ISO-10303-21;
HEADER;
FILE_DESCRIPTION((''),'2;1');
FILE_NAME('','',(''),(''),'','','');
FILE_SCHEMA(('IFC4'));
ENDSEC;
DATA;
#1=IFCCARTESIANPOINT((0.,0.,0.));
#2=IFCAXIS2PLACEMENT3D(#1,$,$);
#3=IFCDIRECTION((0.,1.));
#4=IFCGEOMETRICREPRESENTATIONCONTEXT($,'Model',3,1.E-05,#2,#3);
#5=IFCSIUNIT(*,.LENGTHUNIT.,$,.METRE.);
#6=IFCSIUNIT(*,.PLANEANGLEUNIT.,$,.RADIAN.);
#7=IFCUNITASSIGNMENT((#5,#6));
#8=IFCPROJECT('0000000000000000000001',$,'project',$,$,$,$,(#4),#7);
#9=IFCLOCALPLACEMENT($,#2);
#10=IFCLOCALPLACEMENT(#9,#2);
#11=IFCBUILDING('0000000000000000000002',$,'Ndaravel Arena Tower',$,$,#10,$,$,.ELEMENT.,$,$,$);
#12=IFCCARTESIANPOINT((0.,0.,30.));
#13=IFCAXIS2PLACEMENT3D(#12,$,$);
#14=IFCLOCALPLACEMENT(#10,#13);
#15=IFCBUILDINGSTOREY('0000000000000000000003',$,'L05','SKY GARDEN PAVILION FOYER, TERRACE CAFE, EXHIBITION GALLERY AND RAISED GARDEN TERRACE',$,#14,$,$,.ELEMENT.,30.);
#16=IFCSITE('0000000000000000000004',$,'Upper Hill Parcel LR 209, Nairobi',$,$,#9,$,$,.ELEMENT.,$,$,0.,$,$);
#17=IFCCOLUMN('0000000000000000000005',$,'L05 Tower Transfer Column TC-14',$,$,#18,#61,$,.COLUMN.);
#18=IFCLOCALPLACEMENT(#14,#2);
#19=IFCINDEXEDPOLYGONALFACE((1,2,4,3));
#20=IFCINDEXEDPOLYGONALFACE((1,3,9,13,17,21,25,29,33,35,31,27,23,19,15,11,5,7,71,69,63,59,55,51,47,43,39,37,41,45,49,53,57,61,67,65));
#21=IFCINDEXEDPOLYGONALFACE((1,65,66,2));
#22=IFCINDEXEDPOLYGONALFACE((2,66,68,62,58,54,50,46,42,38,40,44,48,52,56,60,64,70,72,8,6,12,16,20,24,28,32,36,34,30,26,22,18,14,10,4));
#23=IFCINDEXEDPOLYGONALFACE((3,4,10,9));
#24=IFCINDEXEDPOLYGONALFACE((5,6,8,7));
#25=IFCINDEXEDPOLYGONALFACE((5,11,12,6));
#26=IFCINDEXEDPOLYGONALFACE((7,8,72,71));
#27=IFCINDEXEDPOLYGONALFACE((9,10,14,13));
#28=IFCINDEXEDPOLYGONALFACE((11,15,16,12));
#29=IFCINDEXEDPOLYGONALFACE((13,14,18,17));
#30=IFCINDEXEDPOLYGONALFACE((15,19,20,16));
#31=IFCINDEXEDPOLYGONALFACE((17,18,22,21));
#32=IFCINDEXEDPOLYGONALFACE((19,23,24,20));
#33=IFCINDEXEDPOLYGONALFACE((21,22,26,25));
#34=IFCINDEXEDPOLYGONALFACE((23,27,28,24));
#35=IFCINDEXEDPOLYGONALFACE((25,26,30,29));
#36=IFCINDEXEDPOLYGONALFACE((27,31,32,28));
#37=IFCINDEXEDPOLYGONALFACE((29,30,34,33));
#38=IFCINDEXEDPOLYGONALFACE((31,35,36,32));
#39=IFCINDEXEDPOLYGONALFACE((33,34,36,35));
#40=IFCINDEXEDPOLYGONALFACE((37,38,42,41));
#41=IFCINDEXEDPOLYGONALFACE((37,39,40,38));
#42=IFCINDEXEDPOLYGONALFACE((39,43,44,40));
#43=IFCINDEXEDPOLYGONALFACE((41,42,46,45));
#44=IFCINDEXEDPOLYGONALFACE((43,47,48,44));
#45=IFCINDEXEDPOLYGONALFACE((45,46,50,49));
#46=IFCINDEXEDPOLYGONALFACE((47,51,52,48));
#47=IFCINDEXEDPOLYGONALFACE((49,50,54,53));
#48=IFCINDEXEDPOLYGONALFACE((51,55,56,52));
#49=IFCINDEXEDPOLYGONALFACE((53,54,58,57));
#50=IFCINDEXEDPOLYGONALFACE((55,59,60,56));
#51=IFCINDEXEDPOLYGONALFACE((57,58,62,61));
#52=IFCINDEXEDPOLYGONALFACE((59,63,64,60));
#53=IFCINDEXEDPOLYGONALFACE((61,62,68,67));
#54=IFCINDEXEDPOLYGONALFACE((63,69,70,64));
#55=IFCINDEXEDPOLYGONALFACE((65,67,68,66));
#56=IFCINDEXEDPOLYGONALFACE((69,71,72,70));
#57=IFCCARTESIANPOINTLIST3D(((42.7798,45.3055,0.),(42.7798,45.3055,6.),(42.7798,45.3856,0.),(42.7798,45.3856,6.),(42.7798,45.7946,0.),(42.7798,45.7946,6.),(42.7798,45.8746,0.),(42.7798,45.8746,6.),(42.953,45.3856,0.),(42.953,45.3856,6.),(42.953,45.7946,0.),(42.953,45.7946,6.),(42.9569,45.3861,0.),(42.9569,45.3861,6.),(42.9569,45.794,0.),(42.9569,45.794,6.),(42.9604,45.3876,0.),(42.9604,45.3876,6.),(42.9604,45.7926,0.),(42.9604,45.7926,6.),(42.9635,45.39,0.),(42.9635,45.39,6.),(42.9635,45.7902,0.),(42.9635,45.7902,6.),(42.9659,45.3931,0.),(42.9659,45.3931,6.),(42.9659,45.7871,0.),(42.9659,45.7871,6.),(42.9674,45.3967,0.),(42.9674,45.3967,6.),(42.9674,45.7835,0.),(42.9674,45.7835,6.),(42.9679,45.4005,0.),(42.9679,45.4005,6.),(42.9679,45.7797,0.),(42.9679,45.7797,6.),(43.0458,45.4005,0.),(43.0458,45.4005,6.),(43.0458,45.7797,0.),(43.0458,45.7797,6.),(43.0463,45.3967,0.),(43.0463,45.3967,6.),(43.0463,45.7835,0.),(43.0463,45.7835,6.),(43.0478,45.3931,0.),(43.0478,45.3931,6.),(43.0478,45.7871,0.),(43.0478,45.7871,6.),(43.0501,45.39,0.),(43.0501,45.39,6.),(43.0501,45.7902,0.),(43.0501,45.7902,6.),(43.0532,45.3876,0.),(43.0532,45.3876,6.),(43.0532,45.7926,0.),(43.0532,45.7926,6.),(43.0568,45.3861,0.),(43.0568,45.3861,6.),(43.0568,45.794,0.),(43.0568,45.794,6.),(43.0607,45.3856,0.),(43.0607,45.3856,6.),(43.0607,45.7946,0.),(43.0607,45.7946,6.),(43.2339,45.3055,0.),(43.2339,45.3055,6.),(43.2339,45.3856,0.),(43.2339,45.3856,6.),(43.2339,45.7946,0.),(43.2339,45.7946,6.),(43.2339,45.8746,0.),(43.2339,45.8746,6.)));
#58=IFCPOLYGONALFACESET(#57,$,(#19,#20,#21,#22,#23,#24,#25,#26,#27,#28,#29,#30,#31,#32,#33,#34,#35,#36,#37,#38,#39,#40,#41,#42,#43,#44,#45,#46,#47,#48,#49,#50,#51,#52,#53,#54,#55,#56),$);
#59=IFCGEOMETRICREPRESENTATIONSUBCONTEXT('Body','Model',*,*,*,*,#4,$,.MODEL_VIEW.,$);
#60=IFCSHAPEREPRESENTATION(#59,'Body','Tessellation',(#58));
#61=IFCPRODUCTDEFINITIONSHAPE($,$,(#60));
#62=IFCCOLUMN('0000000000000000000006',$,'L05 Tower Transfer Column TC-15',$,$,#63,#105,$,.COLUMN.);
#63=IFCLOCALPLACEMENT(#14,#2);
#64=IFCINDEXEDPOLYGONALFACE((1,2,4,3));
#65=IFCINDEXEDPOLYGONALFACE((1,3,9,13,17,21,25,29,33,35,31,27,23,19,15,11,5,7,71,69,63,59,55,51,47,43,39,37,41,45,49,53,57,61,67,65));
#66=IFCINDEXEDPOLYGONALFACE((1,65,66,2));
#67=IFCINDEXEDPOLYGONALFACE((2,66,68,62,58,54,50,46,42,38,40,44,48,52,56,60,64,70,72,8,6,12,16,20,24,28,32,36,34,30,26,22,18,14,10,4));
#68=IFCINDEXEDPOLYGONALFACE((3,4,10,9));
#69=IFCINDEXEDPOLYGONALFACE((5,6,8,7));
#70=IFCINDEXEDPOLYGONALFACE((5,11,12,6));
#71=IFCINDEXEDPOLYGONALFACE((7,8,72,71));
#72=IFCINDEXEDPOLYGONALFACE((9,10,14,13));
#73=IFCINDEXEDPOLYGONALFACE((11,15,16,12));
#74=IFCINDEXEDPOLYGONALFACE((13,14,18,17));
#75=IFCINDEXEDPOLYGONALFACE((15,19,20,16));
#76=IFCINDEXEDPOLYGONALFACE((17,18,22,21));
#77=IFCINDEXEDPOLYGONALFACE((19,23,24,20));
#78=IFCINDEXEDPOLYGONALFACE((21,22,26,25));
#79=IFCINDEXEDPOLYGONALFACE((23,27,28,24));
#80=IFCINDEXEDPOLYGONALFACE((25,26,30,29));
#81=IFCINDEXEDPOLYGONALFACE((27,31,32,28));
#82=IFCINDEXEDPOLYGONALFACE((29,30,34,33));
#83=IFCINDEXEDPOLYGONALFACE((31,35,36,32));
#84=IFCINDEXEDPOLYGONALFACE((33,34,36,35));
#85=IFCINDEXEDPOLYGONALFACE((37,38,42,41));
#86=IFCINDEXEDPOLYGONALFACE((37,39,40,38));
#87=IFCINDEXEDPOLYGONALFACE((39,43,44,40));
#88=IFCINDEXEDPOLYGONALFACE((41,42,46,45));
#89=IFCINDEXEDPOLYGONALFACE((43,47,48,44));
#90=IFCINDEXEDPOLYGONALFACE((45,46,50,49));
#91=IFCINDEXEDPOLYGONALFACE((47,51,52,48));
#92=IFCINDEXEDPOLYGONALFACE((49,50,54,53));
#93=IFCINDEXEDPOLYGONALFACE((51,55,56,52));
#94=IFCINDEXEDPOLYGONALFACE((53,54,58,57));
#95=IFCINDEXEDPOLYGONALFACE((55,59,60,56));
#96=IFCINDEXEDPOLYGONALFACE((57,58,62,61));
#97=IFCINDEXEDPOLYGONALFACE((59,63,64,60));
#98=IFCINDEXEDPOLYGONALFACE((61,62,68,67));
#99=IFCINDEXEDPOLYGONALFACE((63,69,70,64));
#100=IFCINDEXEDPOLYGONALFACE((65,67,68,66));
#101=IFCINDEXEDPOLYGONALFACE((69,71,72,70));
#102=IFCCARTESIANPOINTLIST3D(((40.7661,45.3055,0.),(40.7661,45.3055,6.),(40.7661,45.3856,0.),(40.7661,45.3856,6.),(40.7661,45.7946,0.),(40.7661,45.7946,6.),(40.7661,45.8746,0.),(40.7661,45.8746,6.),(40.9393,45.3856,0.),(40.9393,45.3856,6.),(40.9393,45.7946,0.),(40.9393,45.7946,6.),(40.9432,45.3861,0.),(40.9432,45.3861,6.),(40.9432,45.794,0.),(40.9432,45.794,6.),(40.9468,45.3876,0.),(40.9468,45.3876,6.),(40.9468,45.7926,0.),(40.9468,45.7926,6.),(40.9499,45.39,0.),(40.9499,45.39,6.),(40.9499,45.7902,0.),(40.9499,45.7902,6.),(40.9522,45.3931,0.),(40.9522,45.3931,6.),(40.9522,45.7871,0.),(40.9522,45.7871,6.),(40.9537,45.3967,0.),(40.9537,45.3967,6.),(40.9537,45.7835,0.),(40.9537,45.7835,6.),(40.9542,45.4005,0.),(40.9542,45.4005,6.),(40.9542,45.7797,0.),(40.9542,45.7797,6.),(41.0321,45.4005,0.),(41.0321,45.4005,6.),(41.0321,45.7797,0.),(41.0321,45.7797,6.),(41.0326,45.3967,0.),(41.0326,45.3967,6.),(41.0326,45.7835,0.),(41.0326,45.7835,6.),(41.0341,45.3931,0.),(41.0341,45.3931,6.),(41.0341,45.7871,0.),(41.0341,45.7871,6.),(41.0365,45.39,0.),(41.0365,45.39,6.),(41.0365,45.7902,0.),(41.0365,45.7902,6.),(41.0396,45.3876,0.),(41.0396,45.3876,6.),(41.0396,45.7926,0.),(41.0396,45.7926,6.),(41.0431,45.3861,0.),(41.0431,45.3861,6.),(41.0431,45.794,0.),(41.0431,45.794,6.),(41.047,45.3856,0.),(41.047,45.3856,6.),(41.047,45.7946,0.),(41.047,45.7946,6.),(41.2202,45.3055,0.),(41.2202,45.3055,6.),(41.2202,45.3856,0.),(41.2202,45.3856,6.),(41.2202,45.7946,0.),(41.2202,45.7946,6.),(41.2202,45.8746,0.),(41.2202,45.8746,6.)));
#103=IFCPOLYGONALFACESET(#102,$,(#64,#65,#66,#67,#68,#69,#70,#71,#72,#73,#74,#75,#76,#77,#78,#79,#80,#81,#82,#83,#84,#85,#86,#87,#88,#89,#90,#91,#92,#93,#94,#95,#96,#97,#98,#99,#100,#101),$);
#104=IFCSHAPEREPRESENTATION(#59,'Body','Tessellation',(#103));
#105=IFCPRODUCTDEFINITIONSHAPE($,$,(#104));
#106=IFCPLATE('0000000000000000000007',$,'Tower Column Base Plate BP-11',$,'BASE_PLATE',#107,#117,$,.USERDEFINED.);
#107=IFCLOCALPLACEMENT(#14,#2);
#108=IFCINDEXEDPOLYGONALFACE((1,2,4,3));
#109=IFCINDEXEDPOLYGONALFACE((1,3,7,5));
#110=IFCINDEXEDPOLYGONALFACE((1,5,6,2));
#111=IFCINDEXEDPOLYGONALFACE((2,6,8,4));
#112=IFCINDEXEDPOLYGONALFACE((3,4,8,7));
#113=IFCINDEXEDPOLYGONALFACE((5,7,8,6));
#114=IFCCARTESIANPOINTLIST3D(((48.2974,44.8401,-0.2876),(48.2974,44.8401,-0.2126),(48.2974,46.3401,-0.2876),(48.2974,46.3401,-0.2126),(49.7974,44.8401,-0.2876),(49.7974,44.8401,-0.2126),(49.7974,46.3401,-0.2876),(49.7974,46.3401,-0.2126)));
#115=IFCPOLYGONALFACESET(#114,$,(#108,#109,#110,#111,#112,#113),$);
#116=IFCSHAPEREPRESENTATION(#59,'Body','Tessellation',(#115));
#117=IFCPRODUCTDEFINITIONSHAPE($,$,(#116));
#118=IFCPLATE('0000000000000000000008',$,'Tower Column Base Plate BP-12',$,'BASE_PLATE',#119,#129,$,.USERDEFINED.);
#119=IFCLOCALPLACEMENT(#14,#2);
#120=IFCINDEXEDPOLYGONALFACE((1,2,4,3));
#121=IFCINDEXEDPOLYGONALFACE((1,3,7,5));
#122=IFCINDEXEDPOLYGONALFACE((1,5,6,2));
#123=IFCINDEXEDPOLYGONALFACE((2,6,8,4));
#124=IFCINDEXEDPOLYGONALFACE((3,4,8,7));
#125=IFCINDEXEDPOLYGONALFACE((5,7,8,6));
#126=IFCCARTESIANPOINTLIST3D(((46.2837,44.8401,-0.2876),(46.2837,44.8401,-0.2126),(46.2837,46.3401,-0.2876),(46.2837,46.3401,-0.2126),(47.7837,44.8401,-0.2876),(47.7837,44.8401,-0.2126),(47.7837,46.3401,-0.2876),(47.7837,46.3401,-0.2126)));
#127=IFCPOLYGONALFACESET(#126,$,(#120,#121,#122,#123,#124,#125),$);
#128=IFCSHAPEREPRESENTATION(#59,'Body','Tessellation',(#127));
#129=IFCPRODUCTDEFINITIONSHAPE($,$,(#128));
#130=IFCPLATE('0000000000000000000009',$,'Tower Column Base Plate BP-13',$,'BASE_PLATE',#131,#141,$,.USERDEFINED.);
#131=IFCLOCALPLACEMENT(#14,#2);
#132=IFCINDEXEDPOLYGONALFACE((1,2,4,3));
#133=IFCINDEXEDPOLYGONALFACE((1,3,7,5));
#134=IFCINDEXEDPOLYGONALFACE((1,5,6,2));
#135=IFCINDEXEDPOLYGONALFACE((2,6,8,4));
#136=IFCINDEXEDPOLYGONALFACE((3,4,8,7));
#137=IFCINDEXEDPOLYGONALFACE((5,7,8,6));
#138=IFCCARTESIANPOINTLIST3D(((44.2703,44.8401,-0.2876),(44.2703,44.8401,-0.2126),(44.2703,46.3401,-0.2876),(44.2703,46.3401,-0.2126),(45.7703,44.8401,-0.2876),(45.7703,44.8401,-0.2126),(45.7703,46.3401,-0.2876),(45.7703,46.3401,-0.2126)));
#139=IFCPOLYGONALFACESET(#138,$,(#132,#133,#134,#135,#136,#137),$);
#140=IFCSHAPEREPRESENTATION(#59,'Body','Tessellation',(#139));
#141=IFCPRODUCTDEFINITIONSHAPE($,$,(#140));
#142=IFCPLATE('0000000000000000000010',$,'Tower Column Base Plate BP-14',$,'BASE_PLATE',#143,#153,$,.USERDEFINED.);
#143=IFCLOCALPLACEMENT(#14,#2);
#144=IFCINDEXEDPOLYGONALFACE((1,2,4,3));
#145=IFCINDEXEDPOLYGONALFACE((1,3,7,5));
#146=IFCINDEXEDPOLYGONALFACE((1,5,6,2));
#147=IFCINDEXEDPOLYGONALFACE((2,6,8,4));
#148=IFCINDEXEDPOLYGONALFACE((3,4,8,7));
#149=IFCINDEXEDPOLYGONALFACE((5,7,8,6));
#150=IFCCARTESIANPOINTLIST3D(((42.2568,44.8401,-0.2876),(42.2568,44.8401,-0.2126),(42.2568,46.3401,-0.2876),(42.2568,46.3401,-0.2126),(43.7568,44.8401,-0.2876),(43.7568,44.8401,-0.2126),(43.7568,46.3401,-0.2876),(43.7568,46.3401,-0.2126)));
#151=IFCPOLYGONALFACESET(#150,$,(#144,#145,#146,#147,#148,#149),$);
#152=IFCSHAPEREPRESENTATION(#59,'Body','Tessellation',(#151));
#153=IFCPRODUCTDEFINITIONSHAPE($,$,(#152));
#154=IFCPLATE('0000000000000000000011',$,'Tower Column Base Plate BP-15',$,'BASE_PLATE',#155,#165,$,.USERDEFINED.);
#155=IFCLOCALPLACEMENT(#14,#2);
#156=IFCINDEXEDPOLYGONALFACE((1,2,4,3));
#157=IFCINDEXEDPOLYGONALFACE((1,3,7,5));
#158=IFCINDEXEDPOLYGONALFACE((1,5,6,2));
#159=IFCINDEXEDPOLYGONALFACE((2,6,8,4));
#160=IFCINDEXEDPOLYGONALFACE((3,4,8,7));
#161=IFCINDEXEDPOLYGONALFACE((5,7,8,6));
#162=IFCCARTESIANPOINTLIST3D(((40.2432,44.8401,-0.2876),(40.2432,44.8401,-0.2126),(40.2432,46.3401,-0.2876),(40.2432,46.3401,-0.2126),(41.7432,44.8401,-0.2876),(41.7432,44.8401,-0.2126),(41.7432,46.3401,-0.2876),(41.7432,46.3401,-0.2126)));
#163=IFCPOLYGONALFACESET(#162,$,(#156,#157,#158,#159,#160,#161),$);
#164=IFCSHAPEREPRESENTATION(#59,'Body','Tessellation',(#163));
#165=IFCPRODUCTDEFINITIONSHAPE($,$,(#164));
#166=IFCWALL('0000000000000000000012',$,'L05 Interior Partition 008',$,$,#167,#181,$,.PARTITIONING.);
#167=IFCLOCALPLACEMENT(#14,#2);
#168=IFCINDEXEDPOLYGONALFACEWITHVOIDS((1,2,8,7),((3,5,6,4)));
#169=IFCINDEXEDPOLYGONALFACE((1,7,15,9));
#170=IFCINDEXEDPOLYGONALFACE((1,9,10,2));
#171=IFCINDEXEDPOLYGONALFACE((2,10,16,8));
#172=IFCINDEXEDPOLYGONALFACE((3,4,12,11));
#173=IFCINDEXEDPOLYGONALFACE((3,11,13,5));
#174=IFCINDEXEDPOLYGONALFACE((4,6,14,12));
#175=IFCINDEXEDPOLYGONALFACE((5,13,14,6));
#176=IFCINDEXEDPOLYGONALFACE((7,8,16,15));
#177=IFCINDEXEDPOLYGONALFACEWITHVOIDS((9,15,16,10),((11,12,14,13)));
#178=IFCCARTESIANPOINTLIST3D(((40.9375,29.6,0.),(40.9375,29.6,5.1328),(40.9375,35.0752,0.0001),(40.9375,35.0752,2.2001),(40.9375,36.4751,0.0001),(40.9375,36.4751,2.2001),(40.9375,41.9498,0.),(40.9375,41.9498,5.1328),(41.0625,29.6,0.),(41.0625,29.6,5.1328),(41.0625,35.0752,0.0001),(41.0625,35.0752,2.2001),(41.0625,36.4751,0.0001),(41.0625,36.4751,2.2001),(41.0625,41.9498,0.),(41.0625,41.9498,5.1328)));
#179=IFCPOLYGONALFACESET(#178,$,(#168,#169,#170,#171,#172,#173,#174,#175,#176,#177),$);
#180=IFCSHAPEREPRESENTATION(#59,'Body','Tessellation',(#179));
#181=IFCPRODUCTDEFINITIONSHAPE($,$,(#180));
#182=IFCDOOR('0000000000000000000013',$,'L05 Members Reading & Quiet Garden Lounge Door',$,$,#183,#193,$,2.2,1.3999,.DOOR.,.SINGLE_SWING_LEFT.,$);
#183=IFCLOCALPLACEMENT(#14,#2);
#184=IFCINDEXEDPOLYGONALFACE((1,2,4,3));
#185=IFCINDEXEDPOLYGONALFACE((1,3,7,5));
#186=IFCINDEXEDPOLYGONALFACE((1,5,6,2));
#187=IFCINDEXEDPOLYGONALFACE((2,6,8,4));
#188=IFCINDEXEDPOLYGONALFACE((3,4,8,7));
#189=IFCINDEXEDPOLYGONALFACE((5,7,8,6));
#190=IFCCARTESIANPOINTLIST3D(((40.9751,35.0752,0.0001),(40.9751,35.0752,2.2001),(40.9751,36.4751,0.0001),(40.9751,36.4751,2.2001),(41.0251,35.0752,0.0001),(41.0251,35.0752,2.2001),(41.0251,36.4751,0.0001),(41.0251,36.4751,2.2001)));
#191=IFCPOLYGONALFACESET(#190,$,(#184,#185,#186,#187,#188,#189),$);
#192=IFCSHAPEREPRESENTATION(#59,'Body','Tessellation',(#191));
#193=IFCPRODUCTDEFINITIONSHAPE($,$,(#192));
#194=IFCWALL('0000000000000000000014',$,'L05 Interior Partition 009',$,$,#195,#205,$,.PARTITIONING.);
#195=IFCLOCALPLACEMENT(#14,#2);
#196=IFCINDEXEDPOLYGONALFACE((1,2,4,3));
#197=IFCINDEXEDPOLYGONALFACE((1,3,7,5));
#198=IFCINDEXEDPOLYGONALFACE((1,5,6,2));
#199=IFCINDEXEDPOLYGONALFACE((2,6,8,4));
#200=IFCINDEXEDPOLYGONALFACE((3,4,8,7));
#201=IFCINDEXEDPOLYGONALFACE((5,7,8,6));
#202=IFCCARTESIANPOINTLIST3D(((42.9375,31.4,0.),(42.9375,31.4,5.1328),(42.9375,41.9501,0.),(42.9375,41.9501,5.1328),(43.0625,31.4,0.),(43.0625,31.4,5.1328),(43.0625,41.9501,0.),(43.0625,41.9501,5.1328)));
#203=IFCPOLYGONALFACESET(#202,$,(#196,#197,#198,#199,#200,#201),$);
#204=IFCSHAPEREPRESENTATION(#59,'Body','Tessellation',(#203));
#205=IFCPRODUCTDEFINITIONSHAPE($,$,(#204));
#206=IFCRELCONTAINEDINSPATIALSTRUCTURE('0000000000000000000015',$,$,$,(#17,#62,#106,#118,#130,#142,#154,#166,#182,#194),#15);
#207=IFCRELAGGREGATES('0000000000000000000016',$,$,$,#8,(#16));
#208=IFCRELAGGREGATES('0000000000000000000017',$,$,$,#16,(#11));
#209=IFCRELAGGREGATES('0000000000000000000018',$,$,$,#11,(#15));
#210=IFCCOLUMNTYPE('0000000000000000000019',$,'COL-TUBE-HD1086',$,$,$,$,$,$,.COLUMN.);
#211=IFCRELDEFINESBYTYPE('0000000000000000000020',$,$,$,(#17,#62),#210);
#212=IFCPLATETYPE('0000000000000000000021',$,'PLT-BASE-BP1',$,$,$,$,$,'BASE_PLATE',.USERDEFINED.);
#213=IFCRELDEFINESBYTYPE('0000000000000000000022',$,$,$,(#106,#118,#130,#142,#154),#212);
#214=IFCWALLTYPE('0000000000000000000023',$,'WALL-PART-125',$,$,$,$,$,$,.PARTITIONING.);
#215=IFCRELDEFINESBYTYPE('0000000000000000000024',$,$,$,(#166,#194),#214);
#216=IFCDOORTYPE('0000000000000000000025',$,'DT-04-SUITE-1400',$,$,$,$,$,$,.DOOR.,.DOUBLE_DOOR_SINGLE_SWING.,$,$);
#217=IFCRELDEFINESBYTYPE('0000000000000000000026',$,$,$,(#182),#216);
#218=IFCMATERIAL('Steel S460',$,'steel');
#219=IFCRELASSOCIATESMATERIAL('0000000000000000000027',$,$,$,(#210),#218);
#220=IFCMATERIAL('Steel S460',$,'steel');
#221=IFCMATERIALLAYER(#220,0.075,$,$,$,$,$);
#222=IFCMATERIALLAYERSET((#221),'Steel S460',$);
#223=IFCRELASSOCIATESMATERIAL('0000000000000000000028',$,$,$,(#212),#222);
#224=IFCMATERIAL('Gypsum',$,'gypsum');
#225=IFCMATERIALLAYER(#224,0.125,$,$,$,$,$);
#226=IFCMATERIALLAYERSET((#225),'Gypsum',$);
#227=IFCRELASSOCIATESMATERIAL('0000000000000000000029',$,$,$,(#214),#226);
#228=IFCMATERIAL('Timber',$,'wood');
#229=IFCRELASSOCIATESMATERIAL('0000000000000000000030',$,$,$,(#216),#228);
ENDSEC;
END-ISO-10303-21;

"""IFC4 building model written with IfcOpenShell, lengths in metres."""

from ifc_helpers import new_model, si_unit, direction, frame, frame_2d, origin, origin_2d, place, context, subcontext, project, spatial, rectangle, i_section, extrude, material, layer, layer_set, material_profile, profile_set, type_object, element, fill, save


model = new_model("IFC4")

# Units and contexts
model_context = context("Model", 3, precision=1e-05, world=origin(), true_north=direction((0.0, 1.0)))
body_context = subcontext(model_context, "Body", "Model", "MODEL_VIEW")
ifc_project = project(units=[si_unit("LENGTHUNIT", "METRE"), si_unit("PLANEANGLEUNIT", "RADIAN")], contexts=[model_context])

# Site, building, storey
site_placement = place(None, origin())
site = spatial("IfcSite", under=ifc_project, at=site_placement, Name="Upper Hill Parcel LR 209, Nairobi", CompositionType="ELEMENT", RefElevation=0.0)
building_placement = place(site_placement, origin())
building = spatial("IfcBuilding", under=site, at=building_placement, Name="Ndaravel Arena Tower", CompositionType="ELEMENT")
storey_placement = place(building_placement, frame((0.0, 0.0, 30.0)))
storey = spatial("IfcBuildingStorey", under=building, at=storey_placement, Name="L05", Description="SKY GARDEN PAVILION FOYER, TERRACE CAFE, EXHIBITION GALLERY AND RAISED GARDEN TERRACE", CompositionType="ELEMENT", Elevation=30.0)

# Columns
ifc_material_1 = material(Name="Steel S460", Category="steel")
ifc_material_profile_1 = material_profile(ifc_material_1, i_section(OverallWidth=0.4541, OverallDepth=0.5691, WebThickness=0.0779, FlangeThickness=0.0801, FilletRadius=0.0149, at=origin_2d()), Name="HD 400x1086")
ifc_profile_set_1 = profile_set([ifc_material_profile_1], Name="Steel S460")
column_type_1 = type_object("IfcColumnType", Name="COL-TUBE-HD1086", PredefinedType="COLUMN", material=ifc_profile_set_1)
for number, where, z_axis, x_axis, name in (
    (1, (43.0068, 45.5901, 0.0), (0.0, 0.0, 1.0), (1.0, 0.0, 0.0), "L05 Tower Transfer Column TC-14"),
    (2, (40.9932, 45.5901, 0.0), (0.0, 0.0, 1.0), (1.0, 0.0, 0.0), "L05 Tower Transfer Column TC-15"),
):
    element("IfcColumn", number, at=place(storey_placement, frame(where, z_axis=z_axis, x_axis=x_axis)), inside=storey, type_object=column_type_1, Name=name, PredefinedType="COLUMN", context=body_context, shape_type="SweptSolid", body=[
        extrude(i_section(OverallWidth=0.4541, OverallDepth=0.5691, WebThickness=0.0779, FlangeThickness=0.0801, FilletRadius=0.0149, at=origin_2d()), origin(), (0.0, 0.0, 1.0), 6.0),
    ])

# Plates
ifc_material_2 = material(Name="Steel S460", Category="steel")
ifc_layer_1 = layer(ifc_material_2, 0.075)
ifc_layer_set_1 = layer_set([ifc_layer_1], Name="Steel S460")
plate_type = type_object("IfcPlateType", Name="PLT-BASE-BP1", ElementType="BASE_PLATE", PredefinedType="USERDEFINED", material=ifc_layer_set_1)
for number, where, z_axis, x_axis, name in (
    (3, (49.0474, 45.5901, -0.2876), (0.0, 0.0, 1.0), (1.0, 0.0, 0.0), "Tower Column Base Plate BP-11"),
    (4, (47.0337, 45.5901, -0.2876), (0.0, 0.0, 1.0), (1.0, 0.0, 0.0), "Tower Column Base Plate BP-12"),
    (5, (45.0203, 45.5901, -0.2876), (0.0, 0.0, 1.0), (1.0, 0.0, 0.0), "Tower Column Base Plate BP-13"),
    (6, (43.0068, 45.5901, -0.2876), (0.0, 0.0, 1.0), (1.0, 0.0, 0.0), "Tower Column Base Plate BP-14"),
    (7, (40.9932, 45.5901, -0.2876), (0.0, 0.0, 1.0), (1.0, 0.0, 0.0), "Tower Column Base Plate BP-15"),
):
    element("IfcPlate", number, at=place(storey_placement, frame(where, z_axis=z_axis, x_axis=x_axis)), inside=storey, type_object=plate_type, Name=name, ObjectType="BASE_PLATE", PredefinedType="USERDEFINED", context=body_context, shape_type="SweptSolid", body=[
        extrude(rectangle(XDim=1.5, YDim=1.5, at=origin_2d()), origin(), (0.0, 0.0, 1.0), 0.075),
    ])

# Wall, opening, door
ifc_material_3 = material(Name="Gypsum", Category="gypsum")
ifc_layer_2 = layer(ifc_material_3, 0.125)
ifc_layer_set_2 = layer_set([ifc_layer_2], Name="Gypsum")
wall_type = type_object("IfcWallType", Name="WALL-PART-125", PredefinedType="PARTITIONING", material=ifc_layer_set_2)
wall_1_placement = place(storey_placement, frame((41.0, 29.6001, 0.0), z_axis=(0.0, 0.0, 1.0), x_axis=(0.0, 1.0, 0.0)))
wall_1 = element("IfcWall", 8, at=wall_1_placement, inside=storey, type_object=wall_type, Name="L05 Interior Partition 008", PredefinedType="PARTITIONING", context=body_context, shape_type="SweptSolid", body=[
    extrude(rectangle(XDim=12.3499, YDim=0.125, at=frame_2d((6.1748, 0.0))), origin(), (0.0, 0.0, 1.0), 5.1328),
])
opening_1_placement = place(wall_1_placement, frame((5.4751, 0.0, 0.0)))
opening_1 = element("IfcOpeningElement", 9, at=opening_1_placement, cuts=wall_1, PredefinedType="OPENING", context=body_context, shape_type="SweptSolid", body=[
    extrude(rectangle(XDim=1.3999, YDim=2.2, at=frame_2d((0.7, 1.1001))), frame((0.0, 0.0625, 0.0), z_axis=(0.0, -1.0, 0.0), x_axis=(1.0, 0.0, 0.0)), (0.0, 0.0, 1.0), 0.125),
])
ifc_material_4 = material(Name="Timber", Category="wood")
door_type_1 = type_object("IfcDoorType", Name="DT-04-SUITE-1400", OperationType="DOUBLE_DOOR_SINGLE_SWING", PredefinedType="DOOR", material=ifc_material_4)
door_1_placement = place(opening_1_placement, origin())
door_1 = element("IfcDoor", 10, at=door_1_placement, inside=storey, type_object=door_type_1, Name="L05 Members Reading & Quiet Garden Lounge Door", OperationType="SINGLE_SWING_LEFT", OverallHeight=2.2, OverallWidth=1.3999, PredefinedType="DOOR", context=body_context, shape_type="SweptSolid", body=[
    extrude(rectangle(XDim=1.3999, YDim=2.2, at=frame_2d((0.7, 1.1001))), frame((0.0, 0.0249, 0.0), z_axis=(0.0, -1.0, 0.0), x_axis=(1.0, 0.0, 0.0)), (0.0, 0.0, 1.0), 0.05),
])
fill(opening_1, door_1)

# Wall
wall_2_placement = place(storey_placement, frame((43.0, 41.95, 0.0), z_axis=(0.0, 0.0, 1.0), x_axis=(0.0, -1.0, 0.0)))
element("IfcWall", 11, at=wall_2_placement, inside=storey, type_object=wall_type, Name="L05 Interior Partition 009", PredefinedType="PARTITIONING", context=body_context, shape_type="SweptSolid", body=[
    extrude(rectangle(XDim=10.55, YDim=0.125, at=frame_2d((5.2749, 0.0))), origin(), (0.0, 0.0, 1.0), 5.1328),
])

save(model, "model.ifc")
